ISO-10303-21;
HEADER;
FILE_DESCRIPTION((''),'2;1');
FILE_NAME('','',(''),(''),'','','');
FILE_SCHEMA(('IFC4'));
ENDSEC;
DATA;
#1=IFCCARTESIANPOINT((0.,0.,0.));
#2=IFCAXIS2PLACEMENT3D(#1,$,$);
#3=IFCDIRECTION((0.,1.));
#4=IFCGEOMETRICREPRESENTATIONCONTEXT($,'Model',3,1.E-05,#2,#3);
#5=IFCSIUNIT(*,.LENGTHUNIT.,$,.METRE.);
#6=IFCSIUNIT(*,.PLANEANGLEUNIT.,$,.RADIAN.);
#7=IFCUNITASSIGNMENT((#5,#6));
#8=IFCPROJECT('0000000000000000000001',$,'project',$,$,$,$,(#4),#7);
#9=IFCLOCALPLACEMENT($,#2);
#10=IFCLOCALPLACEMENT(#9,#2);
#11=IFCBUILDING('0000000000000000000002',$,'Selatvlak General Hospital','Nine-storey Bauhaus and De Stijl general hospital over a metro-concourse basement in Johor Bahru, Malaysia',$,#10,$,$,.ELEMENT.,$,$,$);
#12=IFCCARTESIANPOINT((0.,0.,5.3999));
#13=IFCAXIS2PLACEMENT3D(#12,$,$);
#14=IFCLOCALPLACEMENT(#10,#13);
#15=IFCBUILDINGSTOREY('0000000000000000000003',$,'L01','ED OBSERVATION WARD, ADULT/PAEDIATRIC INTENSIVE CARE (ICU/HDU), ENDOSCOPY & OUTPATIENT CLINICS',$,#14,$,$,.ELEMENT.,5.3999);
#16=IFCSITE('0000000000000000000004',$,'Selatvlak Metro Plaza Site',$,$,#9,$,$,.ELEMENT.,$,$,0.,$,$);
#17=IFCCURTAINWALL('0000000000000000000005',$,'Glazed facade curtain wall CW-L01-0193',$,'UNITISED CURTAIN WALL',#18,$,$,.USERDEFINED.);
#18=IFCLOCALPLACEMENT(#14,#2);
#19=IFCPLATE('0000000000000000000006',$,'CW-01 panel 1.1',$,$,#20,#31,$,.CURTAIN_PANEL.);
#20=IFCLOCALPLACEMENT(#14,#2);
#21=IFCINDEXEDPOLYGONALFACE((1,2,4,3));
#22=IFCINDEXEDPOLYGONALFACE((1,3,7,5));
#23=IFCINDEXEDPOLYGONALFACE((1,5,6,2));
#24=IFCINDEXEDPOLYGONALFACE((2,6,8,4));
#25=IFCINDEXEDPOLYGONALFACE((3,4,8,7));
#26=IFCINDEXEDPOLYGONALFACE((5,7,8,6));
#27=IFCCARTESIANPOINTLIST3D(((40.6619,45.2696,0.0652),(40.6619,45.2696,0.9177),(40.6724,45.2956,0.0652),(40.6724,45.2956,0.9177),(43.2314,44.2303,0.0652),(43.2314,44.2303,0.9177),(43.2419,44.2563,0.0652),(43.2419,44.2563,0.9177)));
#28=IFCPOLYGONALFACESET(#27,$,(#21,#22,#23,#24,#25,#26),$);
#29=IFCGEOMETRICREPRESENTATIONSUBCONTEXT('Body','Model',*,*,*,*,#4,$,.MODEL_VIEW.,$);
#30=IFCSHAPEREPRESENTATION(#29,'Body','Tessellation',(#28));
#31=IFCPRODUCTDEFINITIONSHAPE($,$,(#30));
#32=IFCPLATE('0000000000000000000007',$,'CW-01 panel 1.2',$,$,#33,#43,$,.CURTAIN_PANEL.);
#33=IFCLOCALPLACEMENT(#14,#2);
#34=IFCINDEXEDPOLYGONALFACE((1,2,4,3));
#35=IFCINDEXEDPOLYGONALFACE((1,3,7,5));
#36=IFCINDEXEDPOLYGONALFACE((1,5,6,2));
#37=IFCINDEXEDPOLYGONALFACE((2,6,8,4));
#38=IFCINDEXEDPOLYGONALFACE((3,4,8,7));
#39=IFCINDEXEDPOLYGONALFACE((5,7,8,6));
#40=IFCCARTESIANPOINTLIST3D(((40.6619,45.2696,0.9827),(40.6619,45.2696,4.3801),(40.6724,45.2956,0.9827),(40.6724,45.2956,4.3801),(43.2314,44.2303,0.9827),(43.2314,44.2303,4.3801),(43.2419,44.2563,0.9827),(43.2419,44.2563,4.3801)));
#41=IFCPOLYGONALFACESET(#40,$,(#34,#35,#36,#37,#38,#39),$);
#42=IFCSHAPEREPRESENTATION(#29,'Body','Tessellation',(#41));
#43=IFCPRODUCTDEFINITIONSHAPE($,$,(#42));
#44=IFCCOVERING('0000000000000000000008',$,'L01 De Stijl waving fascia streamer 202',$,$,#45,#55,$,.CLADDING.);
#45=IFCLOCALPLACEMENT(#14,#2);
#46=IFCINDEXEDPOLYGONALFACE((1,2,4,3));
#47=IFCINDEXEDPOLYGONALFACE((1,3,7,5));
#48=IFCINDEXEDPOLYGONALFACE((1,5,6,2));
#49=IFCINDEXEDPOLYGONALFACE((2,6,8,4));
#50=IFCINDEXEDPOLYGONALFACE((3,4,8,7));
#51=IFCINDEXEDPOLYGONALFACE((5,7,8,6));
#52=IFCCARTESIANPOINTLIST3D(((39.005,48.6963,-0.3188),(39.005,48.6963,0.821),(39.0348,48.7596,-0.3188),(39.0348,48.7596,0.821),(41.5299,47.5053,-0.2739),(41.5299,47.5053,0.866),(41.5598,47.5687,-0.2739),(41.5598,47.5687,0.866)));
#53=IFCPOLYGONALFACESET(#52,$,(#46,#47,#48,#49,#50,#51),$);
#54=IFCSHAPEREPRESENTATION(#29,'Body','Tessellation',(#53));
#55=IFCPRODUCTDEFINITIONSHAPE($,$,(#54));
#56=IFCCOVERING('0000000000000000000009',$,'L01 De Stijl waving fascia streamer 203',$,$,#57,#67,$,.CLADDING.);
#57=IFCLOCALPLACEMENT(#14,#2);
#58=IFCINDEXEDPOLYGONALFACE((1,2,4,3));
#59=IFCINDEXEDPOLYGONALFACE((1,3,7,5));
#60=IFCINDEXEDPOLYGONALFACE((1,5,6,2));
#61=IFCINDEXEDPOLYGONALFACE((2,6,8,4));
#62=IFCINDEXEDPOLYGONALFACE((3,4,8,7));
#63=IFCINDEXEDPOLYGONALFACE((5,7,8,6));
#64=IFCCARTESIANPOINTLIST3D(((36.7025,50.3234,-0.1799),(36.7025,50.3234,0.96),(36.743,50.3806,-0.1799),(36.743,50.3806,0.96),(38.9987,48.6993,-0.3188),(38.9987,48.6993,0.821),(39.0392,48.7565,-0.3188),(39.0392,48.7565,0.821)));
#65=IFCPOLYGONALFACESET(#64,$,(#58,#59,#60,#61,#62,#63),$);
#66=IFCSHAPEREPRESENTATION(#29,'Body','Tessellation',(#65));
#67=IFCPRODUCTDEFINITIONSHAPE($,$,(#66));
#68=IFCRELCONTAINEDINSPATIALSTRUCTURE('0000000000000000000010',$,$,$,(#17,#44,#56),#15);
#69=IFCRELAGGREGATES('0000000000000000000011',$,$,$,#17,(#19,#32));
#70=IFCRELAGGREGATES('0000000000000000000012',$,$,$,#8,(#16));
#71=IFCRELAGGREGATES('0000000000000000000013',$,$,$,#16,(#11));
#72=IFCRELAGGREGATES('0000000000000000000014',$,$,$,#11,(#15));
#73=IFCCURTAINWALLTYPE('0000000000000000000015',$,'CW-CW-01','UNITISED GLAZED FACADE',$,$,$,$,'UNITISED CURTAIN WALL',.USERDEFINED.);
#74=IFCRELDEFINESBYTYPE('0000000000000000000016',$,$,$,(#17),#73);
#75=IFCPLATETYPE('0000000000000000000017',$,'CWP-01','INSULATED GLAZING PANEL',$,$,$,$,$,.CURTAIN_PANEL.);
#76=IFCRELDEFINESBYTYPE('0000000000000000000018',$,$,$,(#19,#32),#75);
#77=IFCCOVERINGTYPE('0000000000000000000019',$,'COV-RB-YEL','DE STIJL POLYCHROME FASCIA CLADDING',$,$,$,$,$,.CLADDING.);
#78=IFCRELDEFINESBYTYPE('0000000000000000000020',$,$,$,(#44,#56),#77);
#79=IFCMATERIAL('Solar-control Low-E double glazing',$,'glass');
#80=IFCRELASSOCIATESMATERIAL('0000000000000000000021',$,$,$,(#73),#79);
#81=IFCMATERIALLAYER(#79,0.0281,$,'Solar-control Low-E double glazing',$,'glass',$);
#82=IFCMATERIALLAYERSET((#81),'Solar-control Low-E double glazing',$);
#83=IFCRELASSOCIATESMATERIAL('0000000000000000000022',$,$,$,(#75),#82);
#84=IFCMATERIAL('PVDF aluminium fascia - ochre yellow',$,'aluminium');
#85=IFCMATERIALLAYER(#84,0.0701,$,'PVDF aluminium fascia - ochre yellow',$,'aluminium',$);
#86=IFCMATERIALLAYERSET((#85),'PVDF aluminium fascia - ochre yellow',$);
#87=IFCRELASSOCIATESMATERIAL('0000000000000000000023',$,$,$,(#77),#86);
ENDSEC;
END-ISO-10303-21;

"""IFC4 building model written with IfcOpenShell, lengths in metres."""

from ifc_helpers import new_model, si_unit, direction, frame, origin, origin_2d, place, context, subcontext, project, spatial, polyline, rectangle, outline, extrude, material, layer, layer_set, type_object, element, aggregate, save


model = new_model("IFC4")

# Units and contexts
model_context = context("Model", 3, precision=1e-05, world=origin(), true_north=direction((0.0, 1.0)))
body_context = subcontext(model_context, "Body", "Model", "MODEL_VIEW")
ifc_project = project(units=[si_unit("LENGTHUNIT", "METRE"), si_unit("PLANEANGLEUNIT", "RADIAN")], contexts=[model_context])

# Site, building, storey
site_placement = place(None, origin())
site = spatial("IfcSite", under=ifc_project, at=site_placement, Name="Selatvlak Metro Plaza Site", CompositionType="ELEMENT", RefElevation=0.0)
building_placement = place(site_placement, origin())
building = spatial("IfcBuilding", under=site, at=building_placement, Name="Selatvlak General Hospital", Description="Nine-storey Bauhaus and De Stijl general hospital over a metro-concourse basement in Johor Bahru, Malaysia", CompositionType="ELEMENT")
storey_placement = place(building_placement, frame((0.0, 0.0, 5.3999)))
storey = spatial("IfcBuildingStorey", under=building, at=storey_placement, Name="L01", Description="ED OBSERVATION WARD, ADULT/PAEDIATRIC INTENSIVE CARE (ICU/HDU), ENDOSCOPY & OUTPATIENT CLINICS", CompositionType="ELEMENT", Elevation=5.3999)

# Curtain wall
ifc_material_1 = material(Name="Solar-control Low-E double glazing", Category="glass")
curtain_wall_type_1 = type_object("IfcCurtainWallType", Name="CW-CW-01", Description="UNITISED GLAZED FACADE", ElementType="UNITISED CURTAIN WALL", PredefinedType="USERDEFINED", material=ifc_material_1)
curtain_wall_1_placement = place(storey_placement, origin())
curtain_wall_1 = element("IfcCurtainWall", 1, at=curtain_wall_1_placement, inside=storey, type_object=curtain_wall_type_1, Name="Glazed facade curtain wall CW-L01-0193", ObjectType="UNITISED CURTAIN WALL", PredefinedType="USERDEFINED")

# Plates
ifc_layer_1 = layer(ifc_material_1, 0.0281, Name="Solar-control Low-E double glazing", Category="glass")
ifc_layer_set_1 = layer_set([ifc_layer_1], Name="Solar-control Low-E double glazing")
plate_type = type_object("IfcPlateType", Name="CWP-01", Description="INSULATED GLAZING PANEL", PredefinedType="CURTAIN_PANEL", material=ifc_layer_set_1)
plate_1_placement = place(storey_placement, frame((41.9519, 44.7629, 0.0652), z_axis=(0.0, 0.0, 1.0), x_axis=(0.927044, -0.374953, 0.0)))
plate_1 = element("IfcPlate", 2, at=plate_1_placement, type_object=plate_type, Name="CW-01 panel 1.1", PredefinedType="CURTAIN_PANEL", context=body_context, shape_type="SweptSolid", body=[
    extrude(rectangle(XDim=2.7717, YDim=0.0281, at=origin_2d()), origin(), (0.0, 0.0, 1.0), 0.8525),
])
plate_2_placement = place(storey_placement, frame((41.9519, 44.7629, 0.9827), z_axis=(0.0, 0.0, 1.0), x_axis=(0.927044, -0.374953, 0.0)))
plate_2 = element("IfcPlate", 3, at=plate_2_placement, type_object=plate_type, Name="CW-01 panel 1.2", PredefinedType="CURTAIN_PANEL", context=body_context, shape_type="SweptSolid", body=[
    extrude(rectangle(XDim=2.7717, YDim=0.0281, at=origin_2d()), origin(), (0.0, 0.0, 1.0), 3.3975),
])
aggregate(curtain_wall_1, [plate_1, plate_2])

# Coverings
ifc_material_2 = material(Name="PVDF aluminium fascia - ochre yellow", Category="aluminium")
ifc_layer_2 = layer(ifc_material_2, 0.0701, Name="PVDF aluminium fascia - ochre yellow", Category="aluminium")
ifc_layer_set_2 = layer_set([ifc_layer_2], Name="PVDF aluminium fascia - ochre yellow")
covering_type = type_object("IfcCoveringType", Name="COV-RB-YEL", Description="DE STIJL POLYCHROME FASCIA CLADDING", PredefinedType="CLADDING", material=ifc_layer_set_2)
covering_1_placement = place(storey_placement, frame((41.5449, 47.5371, -0.2739), z_axis=(0.0, 0.0, 1.0), x_axis=(-0.904442, 0.426597, 0.0)))
element("IfcCovering", 4, at=covering_1_placement, inside=storey, type_object=covering_type, Name="L01 De Stijl waving fascia streamer 202", PredefinedType="CLADDING", context=body_context, shape_type="SweptSolid", body=[
    extrude(outline(polyline([(0.0, 0.0), (2.7917, -0.0449), (2.7917, 1.095), (0.0, 1.1399), (0.0, 0.0)])), frame((0.0, 0.0352, 0.0), z_axis=(0.0, -1.0, 0.0), x_axis=(1.0, 0.0, 0.0)), (0.0, 0.0, 1.0), 0.0701),
])
covering_2_placement = place(storey_placement, frame((39.019, 48.728, -0.3188), z_axis=(0.0, 0.0, 1.0), x_axis=(-0.816429, 0.577446, 0.0)))
element("IfcCovering", 5, at=covering_2_placement, inside=storey, type_object=covering_type, Name="L01 De Stijl waving fascia streamer 203", PredefinedType="CLADDING", context=body_context, shape_type="SweptSolid", body=[
    extrude(outline(polyline([(0.0, 0.0), (2.8125, 0.1389), (2.8125, 1.2788), (0.0, 1.1399), (0.0, 0.0)])), frame((0.0, 0.0352, 0.0), z_axis=(0.0, -1.0, 0.0), x_axis=(1.0, 0.0, 0.0)), (0.0, 0.0, 1.0), 0.0701),
])

save(model, "model.ifc")
